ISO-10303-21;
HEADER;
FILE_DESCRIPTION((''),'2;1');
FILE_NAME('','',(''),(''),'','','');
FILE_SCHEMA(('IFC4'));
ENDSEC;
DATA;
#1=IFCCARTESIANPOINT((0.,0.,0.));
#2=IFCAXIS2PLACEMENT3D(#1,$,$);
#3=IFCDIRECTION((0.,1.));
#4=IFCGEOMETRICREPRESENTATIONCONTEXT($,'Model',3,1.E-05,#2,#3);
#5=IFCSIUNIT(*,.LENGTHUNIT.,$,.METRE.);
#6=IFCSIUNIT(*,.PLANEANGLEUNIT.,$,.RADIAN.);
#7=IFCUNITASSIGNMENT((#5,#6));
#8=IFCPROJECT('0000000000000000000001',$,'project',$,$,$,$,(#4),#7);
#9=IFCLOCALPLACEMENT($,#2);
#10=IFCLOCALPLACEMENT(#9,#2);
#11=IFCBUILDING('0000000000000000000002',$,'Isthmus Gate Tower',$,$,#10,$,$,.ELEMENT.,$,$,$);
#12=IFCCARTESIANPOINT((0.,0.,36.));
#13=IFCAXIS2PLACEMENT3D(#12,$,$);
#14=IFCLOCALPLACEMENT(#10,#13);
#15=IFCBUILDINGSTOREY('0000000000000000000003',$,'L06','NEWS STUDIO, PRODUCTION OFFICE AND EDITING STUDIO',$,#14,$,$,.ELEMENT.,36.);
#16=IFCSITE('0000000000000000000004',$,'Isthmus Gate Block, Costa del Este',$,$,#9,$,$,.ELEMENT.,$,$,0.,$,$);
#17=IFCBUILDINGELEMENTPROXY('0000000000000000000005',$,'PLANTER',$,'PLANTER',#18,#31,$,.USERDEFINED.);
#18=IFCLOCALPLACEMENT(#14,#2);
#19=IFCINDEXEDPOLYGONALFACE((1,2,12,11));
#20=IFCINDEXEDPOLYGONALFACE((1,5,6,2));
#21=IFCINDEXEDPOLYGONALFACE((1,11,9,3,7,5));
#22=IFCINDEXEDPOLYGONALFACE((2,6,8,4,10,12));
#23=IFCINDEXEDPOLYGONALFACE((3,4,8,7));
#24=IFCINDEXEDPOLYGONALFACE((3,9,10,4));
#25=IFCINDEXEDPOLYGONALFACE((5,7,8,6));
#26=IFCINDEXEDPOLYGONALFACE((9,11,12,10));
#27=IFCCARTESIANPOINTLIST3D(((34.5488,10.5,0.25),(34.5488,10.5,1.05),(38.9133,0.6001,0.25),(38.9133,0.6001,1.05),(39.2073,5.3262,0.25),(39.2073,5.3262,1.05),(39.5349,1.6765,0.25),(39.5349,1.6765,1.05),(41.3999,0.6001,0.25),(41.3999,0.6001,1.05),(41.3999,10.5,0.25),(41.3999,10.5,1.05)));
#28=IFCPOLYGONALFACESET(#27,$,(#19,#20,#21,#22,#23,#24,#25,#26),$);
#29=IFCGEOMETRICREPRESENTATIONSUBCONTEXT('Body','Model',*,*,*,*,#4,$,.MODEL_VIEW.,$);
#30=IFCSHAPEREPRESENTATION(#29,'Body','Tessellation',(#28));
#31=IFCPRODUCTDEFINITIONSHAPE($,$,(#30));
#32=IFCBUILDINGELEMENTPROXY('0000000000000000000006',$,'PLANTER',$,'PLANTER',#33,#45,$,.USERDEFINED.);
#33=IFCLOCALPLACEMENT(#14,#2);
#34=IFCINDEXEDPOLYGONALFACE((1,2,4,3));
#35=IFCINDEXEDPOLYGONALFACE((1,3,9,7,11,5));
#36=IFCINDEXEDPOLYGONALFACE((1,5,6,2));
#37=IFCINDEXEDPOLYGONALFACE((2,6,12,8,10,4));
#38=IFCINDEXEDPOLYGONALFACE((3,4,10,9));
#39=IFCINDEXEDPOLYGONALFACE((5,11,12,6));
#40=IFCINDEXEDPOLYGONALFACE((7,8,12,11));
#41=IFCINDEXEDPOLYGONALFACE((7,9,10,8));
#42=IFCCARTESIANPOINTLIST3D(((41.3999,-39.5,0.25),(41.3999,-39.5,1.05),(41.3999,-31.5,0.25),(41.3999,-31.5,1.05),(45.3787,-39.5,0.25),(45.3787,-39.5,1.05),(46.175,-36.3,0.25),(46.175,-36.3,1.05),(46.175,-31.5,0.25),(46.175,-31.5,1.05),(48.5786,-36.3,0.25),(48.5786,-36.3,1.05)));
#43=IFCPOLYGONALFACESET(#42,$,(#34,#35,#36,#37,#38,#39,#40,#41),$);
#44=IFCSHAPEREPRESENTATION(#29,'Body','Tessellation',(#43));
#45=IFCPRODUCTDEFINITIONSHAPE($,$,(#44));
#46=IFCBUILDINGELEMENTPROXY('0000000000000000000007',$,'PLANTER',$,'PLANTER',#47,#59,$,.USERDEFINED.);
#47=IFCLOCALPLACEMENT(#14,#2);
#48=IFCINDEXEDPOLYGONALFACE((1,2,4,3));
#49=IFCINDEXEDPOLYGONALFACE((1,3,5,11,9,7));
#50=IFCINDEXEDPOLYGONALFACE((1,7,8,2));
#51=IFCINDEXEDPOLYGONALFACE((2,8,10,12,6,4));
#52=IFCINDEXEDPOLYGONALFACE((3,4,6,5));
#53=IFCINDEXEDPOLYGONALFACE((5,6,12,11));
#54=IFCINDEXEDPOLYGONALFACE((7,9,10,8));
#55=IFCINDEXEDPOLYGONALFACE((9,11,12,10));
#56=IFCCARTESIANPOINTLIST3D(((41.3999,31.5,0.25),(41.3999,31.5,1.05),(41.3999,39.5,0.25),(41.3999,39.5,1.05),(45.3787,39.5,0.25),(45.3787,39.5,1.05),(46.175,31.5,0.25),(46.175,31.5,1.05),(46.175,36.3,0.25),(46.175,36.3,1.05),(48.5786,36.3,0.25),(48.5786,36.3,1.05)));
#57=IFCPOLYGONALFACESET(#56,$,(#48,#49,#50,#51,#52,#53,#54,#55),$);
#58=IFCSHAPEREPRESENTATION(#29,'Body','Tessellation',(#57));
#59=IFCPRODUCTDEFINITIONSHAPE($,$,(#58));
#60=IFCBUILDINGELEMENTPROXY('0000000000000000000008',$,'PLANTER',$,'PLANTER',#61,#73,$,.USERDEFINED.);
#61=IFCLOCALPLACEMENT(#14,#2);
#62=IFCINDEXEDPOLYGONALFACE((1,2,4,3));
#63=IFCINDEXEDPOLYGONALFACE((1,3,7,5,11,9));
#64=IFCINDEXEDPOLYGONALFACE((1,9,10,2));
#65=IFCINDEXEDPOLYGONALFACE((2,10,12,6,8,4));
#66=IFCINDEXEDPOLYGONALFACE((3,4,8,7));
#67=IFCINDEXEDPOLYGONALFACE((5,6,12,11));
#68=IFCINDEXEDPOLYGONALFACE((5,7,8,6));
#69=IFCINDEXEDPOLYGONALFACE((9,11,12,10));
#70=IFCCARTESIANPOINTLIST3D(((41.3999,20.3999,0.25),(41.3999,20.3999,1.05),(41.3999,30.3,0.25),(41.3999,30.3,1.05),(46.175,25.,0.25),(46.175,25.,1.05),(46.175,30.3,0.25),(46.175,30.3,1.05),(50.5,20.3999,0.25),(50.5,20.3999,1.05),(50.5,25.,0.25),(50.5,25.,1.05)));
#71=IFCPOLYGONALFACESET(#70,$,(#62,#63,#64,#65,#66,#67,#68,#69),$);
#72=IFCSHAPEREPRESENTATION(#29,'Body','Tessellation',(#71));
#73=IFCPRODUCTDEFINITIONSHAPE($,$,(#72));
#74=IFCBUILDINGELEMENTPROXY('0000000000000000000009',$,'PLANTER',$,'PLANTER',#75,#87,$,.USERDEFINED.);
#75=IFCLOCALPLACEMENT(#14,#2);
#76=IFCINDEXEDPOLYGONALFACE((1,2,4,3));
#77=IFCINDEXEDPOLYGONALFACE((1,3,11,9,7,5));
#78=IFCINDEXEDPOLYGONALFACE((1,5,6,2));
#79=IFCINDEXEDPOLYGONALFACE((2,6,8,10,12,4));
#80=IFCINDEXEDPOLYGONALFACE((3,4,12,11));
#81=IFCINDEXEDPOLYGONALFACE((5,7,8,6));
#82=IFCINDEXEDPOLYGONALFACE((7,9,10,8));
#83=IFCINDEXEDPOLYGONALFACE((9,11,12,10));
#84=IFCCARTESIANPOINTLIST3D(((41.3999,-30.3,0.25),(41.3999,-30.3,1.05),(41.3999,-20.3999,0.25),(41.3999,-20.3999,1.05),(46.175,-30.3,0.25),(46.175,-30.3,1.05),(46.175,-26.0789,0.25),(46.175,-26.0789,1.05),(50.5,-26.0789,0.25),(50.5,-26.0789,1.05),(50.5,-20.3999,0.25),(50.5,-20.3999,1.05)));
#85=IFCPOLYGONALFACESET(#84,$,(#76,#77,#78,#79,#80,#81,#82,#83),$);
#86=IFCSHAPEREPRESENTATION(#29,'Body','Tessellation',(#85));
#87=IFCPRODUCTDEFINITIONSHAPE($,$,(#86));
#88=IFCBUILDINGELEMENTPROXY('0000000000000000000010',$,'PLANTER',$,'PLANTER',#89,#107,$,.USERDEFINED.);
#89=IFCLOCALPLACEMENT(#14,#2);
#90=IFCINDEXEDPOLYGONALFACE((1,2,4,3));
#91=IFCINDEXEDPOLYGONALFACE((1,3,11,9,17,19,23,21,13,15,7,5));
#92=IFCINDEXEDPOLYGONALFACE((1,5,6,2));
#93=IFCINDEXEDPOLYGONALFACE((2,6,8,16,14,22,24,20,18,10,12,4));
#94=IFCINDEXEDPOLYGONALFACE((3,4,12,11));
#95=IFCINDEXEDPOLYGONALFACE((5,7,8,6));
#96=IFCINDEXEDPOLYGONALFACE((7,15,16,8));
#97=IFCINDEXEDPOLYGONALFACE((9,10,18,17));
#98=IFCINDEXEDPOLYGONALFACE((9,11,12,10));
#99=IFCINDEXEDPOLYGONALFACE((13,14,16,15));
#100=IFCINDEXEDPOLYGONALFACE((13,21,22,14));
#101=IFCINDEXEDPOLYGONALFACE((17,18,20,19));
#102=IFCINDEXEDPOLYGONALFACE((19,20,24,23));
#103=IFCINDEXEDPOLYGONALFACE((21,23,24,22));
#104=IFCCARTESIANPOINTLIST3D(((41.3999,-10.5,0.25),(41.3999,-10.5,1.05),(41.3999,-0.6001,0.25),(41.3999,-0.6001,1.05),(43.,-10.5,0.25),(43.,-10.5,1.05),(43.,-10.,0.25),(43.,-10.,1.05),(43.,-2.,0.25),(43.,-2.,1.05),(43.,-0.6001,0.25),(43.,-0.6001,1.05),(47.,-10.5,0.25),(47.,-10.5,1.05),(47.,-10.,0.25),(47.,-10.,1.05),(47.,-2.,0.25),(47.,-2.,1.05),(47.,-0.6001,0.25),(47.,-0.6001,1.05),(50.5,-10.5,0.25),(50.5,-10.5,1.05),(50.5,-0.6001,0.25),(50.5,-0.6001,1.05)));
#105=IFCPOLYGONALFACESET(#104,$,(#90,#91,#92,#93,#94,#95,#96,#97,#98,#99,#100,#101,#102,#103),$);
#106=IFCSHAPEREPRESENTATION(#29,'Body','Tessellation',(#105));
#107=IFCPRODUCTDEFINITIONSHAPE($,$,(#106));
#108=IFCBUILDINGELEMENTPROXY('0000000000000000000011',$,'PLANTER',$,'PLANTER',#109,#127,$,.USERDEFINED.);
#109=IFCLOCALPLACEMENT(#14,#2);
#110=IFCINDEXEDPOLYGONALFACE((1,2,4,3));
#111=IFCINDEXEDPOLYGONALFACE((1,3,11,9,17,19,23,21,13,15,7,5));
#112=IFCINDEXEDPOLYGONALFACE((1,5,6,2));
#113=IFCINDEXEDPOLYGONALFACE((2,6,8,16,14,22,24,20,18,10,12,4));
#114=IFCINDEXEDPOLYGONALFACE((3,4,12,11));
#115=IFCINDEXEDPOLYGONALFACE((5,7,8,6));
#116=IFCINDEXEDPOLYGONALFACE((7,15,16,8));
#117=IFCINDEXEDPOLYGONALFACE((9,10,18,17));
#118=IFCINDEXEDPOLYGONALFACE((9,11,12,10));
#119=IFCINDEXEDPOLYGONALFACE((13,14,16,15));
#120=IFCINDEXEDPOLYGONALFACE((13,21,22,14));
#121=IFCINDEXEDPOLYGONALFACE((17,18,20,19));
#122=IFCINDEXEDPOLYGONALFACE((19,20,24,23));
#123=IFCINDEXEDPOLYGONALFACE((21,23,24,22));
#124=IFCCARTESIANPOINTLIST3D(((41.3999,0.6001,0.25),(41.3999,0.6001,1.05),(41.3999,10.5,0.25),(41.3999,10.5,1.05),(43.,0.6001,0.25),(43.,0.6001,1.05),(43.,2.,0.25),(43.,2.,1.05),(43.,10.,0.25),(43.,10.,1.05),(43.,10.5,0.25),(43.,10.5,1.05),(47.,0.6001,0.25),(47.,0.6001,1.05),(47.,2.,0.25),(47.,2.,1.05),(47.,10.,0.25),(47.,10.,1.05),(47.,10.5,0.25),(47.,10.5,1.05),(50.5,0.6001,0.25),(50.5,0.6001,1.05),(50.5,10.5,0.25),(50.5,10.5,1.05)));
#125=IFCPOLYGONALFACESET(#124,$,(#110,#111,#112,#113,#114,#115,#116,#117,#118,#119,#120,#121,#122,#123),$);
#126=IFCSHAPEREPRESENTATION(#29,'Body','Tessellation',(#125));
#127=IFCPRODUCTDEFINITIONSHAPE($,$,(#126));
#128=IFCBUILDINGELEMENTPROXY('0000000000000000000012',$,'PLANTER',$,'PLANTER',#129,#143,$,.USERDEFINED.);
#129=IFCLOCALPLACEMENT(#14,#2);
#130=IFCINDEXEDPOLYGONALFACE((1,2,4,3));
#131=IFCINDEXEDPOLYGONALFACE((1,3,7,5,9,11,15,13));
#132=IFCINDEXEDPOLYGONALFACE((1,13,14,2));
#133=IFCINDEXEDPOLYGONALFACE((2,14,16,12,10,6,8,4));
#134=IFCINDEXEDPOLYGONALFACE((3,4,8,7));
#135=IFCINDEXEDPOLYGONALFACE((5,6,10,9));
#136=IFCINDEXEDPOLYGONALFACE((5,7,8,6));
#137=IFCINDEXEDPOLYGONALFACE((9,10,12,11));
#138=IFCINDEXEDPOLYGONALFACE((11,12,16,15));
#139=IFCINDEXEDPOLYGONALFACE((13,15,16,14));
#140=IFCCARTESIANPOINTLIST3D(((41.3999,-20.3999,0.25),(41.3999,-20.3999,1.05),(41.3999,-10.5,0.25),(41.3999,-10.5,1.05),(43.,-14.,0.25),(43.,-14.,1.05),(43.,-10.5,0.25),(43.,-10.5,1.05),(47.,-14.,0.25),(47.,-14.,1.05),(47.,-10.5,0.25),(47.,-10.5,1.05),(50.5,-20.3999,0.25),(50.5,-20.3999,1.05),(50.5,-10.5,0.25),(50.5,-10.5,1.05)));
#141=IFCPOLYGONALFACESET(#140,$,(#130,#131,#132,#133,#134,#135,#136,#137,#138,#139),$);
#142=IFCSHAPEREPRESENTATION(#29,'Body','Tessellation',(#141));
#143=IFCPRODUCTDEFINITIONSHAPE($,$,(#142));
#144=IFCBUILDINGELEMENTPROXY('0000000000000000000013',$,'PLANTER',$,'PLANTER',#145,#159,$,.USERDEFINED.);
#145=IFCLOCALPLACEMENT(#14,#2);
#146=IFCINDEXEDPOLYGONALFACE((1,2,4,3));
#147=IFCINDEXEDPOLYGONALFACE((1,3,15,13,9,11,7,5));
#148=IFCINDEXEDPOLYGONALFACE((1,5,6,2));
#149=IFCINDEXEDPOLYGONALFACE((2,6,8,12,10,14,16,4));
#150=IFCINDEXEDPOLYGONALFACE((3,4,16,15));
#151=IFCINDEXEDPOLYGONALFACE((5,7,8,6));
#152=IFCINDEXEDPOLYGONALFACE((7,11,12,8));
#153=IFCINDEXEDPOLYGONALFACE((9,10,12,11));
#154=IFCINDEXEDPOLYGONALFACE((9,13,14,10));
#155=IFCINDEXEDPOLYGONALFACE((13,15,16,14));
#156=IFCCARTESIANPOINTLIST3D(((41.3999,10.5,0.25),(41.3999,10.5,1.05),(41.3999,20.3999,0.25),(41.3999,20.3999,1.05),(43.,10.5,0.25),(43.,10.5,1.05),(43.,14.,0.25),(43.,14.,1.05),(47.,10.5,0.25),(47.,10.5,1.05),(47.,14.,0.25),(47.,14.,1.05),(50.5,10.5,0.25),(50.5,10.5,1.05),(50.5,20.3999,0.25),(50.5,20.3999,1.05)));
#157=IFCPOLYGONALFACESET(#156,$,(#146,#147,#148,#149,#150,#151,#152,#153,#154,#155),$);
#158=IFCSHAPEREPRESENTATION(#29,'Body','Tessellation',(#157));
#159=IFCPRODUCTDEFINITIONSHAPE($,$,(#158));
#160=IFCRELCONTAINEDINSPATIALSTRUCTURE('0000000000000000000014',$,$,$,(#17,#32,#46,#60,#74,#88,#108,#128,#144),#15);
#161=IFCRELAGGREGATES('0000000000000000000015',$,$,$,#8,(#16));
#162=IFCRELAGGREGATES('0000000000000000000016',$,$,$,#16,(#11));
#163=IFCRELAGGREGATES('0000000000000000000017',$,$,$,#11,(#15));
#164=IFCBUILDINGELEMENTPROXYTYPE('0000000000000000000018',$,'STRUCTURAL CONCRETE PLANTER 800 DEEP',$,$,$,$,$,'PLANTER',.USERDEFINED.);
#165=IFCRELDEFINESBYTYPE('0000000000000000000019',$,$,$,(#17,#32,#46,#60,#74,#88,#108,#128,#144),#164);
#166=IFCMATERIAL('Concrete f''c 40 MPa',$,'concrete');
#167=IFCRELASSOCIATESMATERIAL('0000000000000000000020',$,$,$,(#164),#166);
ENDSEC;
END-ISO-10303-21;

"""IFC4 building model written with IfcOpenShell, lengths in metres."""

from ifc_helpers import new_model, si_unit, direction, frame, origin, place, context, subcontext, project, spatial, polyline, outline, extrude, material, type_object, element, save


model = new_model("IFC4")

# Units and contexts
model_context = context("Model", 3, precision=1e-05, world=origin(), true_north=direction((0.0, 1.0)))
body_context = subcontext(model_context, "Body", "Model", "MODEL_VIEW")
ifc_project = project(units=[si_unit("LENGTHUNIT", "METRE"), si_unit("PLANEANGLEUNIT", "RADIAN")], contexts=[model_context])

# Site, building, storey
site_placement = place(None, origin())
site = spatial("IfcSite", under=ifc_project, at=site_placement, Name="Isthmus Gate Block, Costa del Este", CompositionType="ELEMENT", RefElevation=0.0)
building_placement = place(site_placement, origin())
building = spatial("IfcBuilding", under=site, at=building_placement, Name="Isthmus Gate Tower", CompositionType="ELEMENT")
storey_placement = place(building_placement, frame((0.0, 0.0, 36.0)))
storey = spatial("IfcBuildingStorey", under=building, at=storey_placement, Name="L06", Description="NEWS STUDIO, PRODUCTION OFFICE AND EDITING STUDIO", CompositionType="ELEMENT", Elevation=36.0)

# Building element proxies
ifc_material_1 = material(Name="Concrete f'c 40 MPa", Category="concrete")
building_element_proxy_type = type_object("IfcBuildingElementProxyType", Name="STRUCTURAL CONCRETE PLANTER 800 DEEP", ElementType="PLANTER", PredefinedType="USERDEFINED", material=ifc_material_1)
proxy_1_placement = place(storey_placement, frame((0.0, 0.0, 0.25)))
element("IfcBuildingElementProxy", 1, at=proxy_1_placement, inside=storey, type_object=building_element_proxy_type, Name="PLANTER", ObjectType="PLANTER", PredefinedType="USERDEFINED", context=body_context, shape_type="SweptSolid", body=[
    extrude(outline(polyline([(41.3999, 10.5), (34.5488, 10.5), (39.2073, 5.3262), (39.5349, 1.6765), (38.9133, 0.6001), (41.3999, 0.6001), (41.3999, 10.5)])), origin(), (0.0, 0.0, 1.0), 0.8),
])
proxy_2_placement = place(storey_placement, frame((0.0, 0.0, 0.25)))
element("IfcBuildingElementProxy", 2, at=proxy_2_placement, inside=storey, type_object=building_element_proxy_type, Name="PLANTER", ObjectType="PLANTER", PredefinedType="USERDEFINED", context=body_context, shape_type="SweptSolid", body=[
    extrude(outline(polyline([(41.3999, -31.5), (41.3999, -39.5), (45.3787, -39.5), (48.5786, -36.3), (46.175, -36.3), (46.175, -31.5), (41.3999, -31.5)])), origin(), (0.0, 0.0, 1.0), 0.8),
])
proxy_3_placement = place(storey_placement, frame((0.0, 0.0, 0.25)))
element("IfcBuildingElementProxy", 3, at=proxy_3_placement, inside=storey, type_object=building_element_proxy_type, Name="PLANTER", ObjectType="PLANTER", PredefinedType="USERDEFINED", context=body_context, shape_type="SweptSolid", body=[
    extrude(outline(polyline([(41.3999, 31.5), (46.175, 31.5), (46.175, 36.3), (48.5786, 36.3), (45.3787, 39.5), (41.3999, 39.5), (41.3999, 31.5)])), origin(), (0.0, 0.0, 1.0), 0.8),
])
proxy_4_placement = place(storey_placement, frame((0.0, 0.0, 0.25)))
element("IfcBuildingElementProxy", 4, at=proxy_4_placement, inside=storey, type_object=building_element_proxy_type, Name="PLANTER", ObjectType="PLANTER", PredefinedType="USERDEFINED", context=body_context, shape_type="SweptSolid", body=[
    extrude(outline(polyline([(41.3999, 20.3999), (50.5, 20.3999), (50.5, 25.0), (46.175, 25.0), (46.175, 30.3), (41.3999, 30.3), (41.3999, 20.3999)])), origin(), (0.0, 0.0, 1.0), 0.8),
])
proxy_5_placement = place(storey_placement, frame((0.0, 0.0, 0.25)))
element("IfcBuildingElementProxy", 5, at=proxy_5_placement, inside=storey, type_object=building_element_proxy_type, Name="PLANTER", ObjectType="PLANTER", PredefinedType="USERDEFINED", context=body_context, shape_type="SweptSolid", body=[
    extrude(outline(polyline([(41.3999, -30.3), (46.175, -30.3), (46.175, -26.0789), (50.5, -26.0789), (50.5, -20.3999), (41.3999, -20.3999), (41.3999, -30.3)])), origin(), (0.0, 0.0, 1.0), 0.8),
])
proxy_6_placement = place(storey_placement, frame((0.0, 0.0, 0.25)))
element("IfcBuildingElementProxy", 6, at=proxy_6_placement, inside=storey, type_object=building_element_proxy_type, Name="PLANTER", ObjectType="PLANTER", PredefinedType="USERDEFINED", context=body_context, shape_type="SweptSolid", body=[
    extrude(outline(polyline([(50.5, -0.6001), (47.0, -0.6001), (47.0, -2.0), (43.0, -2.0), (43.0, -0.6001), (41.3999, -0.6001), (41.3999, -10.5), (43.0, -10.5), (43.0, -10.0), (47.0, -10.0), (47.0, -10.5), (50.5, -10.5), (50.5, -0.6001)])), origin(), (0.0, 0.0, 1.0), 0.8),
])
proxy_7_placement = place(storey_placement, frame((0.0, 0.0, 0.25)))
element("IfcBuildingElementProxy", 7, at=proxy_7_placement, inside=storey, type_object=building_element_proxy_type, Name="PLANTER", ObjectType="PLANTER", PredefinedType="USERDEFINED", context=body_context, shape_type="SweptSolid", body=[
    extrude(outline(polyline([(50.5, 10.5), (47.0, 10.5), (47.0, 10.0), (43.0, 10.0), (43.0, 10.5), (41.3999, 10.5), (41.3999, 0.6001), (43.0, 0.6001), (43.0, 2.0), (47.0, 2.0), (47.0, 0.6001), (50.5, 0.6001), (50.5, 10.5)])), origin(), (0.0, 0.0, 1.0), 0.8),
])
proxy_8_placement = place(storey_placement, frame((0.0, 0.0, 0.25)))
element("IfcBuildingElementProxy", 8, at=proxy_8_placement, inside=storey, type_object=building_element_proxy_type, Name="PLANTER", ObjectType="PLANTER", PredefinedType="USERDEFINED", context=body_context, shape_type="SweptSolid", body=[
    extrude(outline(polyline([(50.5, -10.5), (47.0, -10.5), (47.0, -14.0), (43.0, -14.0), (43.0, -10.5), (41.3999, -10.5), (41.3999, -20.3999), (50.5, -20.3999), (50.5, -10.5)])), origin(), (0.0, 0.0, 1.0), 0.8),
])
proxy_9_placement = place(storey_placement, frame((0.0, 0.0, 0.25)))
element("IfcBuildingElementProxy", 9, at=proxy_9_placement, inside=storey, type_object=building_element_proxy_type, Name="PLANTER", ObjectType="PLANTER", PredefinedType="USERDEFINED", context=body_context, shape_type="SweptSolid", body=[
    extrude(outline(polyline([(41.3999, 10.5), (43.0, 10.5), (43.0, 14.0), (47.0, 14.0), (47.0, 10.5), (50.5, 10.5), (50.5, 20.3999), (41.3999, 20.3999), (41.3999, 10.5)])), origin(), (0.0, 0.0, 1.0), 0.8),
])

save(model, "model.ifc")
